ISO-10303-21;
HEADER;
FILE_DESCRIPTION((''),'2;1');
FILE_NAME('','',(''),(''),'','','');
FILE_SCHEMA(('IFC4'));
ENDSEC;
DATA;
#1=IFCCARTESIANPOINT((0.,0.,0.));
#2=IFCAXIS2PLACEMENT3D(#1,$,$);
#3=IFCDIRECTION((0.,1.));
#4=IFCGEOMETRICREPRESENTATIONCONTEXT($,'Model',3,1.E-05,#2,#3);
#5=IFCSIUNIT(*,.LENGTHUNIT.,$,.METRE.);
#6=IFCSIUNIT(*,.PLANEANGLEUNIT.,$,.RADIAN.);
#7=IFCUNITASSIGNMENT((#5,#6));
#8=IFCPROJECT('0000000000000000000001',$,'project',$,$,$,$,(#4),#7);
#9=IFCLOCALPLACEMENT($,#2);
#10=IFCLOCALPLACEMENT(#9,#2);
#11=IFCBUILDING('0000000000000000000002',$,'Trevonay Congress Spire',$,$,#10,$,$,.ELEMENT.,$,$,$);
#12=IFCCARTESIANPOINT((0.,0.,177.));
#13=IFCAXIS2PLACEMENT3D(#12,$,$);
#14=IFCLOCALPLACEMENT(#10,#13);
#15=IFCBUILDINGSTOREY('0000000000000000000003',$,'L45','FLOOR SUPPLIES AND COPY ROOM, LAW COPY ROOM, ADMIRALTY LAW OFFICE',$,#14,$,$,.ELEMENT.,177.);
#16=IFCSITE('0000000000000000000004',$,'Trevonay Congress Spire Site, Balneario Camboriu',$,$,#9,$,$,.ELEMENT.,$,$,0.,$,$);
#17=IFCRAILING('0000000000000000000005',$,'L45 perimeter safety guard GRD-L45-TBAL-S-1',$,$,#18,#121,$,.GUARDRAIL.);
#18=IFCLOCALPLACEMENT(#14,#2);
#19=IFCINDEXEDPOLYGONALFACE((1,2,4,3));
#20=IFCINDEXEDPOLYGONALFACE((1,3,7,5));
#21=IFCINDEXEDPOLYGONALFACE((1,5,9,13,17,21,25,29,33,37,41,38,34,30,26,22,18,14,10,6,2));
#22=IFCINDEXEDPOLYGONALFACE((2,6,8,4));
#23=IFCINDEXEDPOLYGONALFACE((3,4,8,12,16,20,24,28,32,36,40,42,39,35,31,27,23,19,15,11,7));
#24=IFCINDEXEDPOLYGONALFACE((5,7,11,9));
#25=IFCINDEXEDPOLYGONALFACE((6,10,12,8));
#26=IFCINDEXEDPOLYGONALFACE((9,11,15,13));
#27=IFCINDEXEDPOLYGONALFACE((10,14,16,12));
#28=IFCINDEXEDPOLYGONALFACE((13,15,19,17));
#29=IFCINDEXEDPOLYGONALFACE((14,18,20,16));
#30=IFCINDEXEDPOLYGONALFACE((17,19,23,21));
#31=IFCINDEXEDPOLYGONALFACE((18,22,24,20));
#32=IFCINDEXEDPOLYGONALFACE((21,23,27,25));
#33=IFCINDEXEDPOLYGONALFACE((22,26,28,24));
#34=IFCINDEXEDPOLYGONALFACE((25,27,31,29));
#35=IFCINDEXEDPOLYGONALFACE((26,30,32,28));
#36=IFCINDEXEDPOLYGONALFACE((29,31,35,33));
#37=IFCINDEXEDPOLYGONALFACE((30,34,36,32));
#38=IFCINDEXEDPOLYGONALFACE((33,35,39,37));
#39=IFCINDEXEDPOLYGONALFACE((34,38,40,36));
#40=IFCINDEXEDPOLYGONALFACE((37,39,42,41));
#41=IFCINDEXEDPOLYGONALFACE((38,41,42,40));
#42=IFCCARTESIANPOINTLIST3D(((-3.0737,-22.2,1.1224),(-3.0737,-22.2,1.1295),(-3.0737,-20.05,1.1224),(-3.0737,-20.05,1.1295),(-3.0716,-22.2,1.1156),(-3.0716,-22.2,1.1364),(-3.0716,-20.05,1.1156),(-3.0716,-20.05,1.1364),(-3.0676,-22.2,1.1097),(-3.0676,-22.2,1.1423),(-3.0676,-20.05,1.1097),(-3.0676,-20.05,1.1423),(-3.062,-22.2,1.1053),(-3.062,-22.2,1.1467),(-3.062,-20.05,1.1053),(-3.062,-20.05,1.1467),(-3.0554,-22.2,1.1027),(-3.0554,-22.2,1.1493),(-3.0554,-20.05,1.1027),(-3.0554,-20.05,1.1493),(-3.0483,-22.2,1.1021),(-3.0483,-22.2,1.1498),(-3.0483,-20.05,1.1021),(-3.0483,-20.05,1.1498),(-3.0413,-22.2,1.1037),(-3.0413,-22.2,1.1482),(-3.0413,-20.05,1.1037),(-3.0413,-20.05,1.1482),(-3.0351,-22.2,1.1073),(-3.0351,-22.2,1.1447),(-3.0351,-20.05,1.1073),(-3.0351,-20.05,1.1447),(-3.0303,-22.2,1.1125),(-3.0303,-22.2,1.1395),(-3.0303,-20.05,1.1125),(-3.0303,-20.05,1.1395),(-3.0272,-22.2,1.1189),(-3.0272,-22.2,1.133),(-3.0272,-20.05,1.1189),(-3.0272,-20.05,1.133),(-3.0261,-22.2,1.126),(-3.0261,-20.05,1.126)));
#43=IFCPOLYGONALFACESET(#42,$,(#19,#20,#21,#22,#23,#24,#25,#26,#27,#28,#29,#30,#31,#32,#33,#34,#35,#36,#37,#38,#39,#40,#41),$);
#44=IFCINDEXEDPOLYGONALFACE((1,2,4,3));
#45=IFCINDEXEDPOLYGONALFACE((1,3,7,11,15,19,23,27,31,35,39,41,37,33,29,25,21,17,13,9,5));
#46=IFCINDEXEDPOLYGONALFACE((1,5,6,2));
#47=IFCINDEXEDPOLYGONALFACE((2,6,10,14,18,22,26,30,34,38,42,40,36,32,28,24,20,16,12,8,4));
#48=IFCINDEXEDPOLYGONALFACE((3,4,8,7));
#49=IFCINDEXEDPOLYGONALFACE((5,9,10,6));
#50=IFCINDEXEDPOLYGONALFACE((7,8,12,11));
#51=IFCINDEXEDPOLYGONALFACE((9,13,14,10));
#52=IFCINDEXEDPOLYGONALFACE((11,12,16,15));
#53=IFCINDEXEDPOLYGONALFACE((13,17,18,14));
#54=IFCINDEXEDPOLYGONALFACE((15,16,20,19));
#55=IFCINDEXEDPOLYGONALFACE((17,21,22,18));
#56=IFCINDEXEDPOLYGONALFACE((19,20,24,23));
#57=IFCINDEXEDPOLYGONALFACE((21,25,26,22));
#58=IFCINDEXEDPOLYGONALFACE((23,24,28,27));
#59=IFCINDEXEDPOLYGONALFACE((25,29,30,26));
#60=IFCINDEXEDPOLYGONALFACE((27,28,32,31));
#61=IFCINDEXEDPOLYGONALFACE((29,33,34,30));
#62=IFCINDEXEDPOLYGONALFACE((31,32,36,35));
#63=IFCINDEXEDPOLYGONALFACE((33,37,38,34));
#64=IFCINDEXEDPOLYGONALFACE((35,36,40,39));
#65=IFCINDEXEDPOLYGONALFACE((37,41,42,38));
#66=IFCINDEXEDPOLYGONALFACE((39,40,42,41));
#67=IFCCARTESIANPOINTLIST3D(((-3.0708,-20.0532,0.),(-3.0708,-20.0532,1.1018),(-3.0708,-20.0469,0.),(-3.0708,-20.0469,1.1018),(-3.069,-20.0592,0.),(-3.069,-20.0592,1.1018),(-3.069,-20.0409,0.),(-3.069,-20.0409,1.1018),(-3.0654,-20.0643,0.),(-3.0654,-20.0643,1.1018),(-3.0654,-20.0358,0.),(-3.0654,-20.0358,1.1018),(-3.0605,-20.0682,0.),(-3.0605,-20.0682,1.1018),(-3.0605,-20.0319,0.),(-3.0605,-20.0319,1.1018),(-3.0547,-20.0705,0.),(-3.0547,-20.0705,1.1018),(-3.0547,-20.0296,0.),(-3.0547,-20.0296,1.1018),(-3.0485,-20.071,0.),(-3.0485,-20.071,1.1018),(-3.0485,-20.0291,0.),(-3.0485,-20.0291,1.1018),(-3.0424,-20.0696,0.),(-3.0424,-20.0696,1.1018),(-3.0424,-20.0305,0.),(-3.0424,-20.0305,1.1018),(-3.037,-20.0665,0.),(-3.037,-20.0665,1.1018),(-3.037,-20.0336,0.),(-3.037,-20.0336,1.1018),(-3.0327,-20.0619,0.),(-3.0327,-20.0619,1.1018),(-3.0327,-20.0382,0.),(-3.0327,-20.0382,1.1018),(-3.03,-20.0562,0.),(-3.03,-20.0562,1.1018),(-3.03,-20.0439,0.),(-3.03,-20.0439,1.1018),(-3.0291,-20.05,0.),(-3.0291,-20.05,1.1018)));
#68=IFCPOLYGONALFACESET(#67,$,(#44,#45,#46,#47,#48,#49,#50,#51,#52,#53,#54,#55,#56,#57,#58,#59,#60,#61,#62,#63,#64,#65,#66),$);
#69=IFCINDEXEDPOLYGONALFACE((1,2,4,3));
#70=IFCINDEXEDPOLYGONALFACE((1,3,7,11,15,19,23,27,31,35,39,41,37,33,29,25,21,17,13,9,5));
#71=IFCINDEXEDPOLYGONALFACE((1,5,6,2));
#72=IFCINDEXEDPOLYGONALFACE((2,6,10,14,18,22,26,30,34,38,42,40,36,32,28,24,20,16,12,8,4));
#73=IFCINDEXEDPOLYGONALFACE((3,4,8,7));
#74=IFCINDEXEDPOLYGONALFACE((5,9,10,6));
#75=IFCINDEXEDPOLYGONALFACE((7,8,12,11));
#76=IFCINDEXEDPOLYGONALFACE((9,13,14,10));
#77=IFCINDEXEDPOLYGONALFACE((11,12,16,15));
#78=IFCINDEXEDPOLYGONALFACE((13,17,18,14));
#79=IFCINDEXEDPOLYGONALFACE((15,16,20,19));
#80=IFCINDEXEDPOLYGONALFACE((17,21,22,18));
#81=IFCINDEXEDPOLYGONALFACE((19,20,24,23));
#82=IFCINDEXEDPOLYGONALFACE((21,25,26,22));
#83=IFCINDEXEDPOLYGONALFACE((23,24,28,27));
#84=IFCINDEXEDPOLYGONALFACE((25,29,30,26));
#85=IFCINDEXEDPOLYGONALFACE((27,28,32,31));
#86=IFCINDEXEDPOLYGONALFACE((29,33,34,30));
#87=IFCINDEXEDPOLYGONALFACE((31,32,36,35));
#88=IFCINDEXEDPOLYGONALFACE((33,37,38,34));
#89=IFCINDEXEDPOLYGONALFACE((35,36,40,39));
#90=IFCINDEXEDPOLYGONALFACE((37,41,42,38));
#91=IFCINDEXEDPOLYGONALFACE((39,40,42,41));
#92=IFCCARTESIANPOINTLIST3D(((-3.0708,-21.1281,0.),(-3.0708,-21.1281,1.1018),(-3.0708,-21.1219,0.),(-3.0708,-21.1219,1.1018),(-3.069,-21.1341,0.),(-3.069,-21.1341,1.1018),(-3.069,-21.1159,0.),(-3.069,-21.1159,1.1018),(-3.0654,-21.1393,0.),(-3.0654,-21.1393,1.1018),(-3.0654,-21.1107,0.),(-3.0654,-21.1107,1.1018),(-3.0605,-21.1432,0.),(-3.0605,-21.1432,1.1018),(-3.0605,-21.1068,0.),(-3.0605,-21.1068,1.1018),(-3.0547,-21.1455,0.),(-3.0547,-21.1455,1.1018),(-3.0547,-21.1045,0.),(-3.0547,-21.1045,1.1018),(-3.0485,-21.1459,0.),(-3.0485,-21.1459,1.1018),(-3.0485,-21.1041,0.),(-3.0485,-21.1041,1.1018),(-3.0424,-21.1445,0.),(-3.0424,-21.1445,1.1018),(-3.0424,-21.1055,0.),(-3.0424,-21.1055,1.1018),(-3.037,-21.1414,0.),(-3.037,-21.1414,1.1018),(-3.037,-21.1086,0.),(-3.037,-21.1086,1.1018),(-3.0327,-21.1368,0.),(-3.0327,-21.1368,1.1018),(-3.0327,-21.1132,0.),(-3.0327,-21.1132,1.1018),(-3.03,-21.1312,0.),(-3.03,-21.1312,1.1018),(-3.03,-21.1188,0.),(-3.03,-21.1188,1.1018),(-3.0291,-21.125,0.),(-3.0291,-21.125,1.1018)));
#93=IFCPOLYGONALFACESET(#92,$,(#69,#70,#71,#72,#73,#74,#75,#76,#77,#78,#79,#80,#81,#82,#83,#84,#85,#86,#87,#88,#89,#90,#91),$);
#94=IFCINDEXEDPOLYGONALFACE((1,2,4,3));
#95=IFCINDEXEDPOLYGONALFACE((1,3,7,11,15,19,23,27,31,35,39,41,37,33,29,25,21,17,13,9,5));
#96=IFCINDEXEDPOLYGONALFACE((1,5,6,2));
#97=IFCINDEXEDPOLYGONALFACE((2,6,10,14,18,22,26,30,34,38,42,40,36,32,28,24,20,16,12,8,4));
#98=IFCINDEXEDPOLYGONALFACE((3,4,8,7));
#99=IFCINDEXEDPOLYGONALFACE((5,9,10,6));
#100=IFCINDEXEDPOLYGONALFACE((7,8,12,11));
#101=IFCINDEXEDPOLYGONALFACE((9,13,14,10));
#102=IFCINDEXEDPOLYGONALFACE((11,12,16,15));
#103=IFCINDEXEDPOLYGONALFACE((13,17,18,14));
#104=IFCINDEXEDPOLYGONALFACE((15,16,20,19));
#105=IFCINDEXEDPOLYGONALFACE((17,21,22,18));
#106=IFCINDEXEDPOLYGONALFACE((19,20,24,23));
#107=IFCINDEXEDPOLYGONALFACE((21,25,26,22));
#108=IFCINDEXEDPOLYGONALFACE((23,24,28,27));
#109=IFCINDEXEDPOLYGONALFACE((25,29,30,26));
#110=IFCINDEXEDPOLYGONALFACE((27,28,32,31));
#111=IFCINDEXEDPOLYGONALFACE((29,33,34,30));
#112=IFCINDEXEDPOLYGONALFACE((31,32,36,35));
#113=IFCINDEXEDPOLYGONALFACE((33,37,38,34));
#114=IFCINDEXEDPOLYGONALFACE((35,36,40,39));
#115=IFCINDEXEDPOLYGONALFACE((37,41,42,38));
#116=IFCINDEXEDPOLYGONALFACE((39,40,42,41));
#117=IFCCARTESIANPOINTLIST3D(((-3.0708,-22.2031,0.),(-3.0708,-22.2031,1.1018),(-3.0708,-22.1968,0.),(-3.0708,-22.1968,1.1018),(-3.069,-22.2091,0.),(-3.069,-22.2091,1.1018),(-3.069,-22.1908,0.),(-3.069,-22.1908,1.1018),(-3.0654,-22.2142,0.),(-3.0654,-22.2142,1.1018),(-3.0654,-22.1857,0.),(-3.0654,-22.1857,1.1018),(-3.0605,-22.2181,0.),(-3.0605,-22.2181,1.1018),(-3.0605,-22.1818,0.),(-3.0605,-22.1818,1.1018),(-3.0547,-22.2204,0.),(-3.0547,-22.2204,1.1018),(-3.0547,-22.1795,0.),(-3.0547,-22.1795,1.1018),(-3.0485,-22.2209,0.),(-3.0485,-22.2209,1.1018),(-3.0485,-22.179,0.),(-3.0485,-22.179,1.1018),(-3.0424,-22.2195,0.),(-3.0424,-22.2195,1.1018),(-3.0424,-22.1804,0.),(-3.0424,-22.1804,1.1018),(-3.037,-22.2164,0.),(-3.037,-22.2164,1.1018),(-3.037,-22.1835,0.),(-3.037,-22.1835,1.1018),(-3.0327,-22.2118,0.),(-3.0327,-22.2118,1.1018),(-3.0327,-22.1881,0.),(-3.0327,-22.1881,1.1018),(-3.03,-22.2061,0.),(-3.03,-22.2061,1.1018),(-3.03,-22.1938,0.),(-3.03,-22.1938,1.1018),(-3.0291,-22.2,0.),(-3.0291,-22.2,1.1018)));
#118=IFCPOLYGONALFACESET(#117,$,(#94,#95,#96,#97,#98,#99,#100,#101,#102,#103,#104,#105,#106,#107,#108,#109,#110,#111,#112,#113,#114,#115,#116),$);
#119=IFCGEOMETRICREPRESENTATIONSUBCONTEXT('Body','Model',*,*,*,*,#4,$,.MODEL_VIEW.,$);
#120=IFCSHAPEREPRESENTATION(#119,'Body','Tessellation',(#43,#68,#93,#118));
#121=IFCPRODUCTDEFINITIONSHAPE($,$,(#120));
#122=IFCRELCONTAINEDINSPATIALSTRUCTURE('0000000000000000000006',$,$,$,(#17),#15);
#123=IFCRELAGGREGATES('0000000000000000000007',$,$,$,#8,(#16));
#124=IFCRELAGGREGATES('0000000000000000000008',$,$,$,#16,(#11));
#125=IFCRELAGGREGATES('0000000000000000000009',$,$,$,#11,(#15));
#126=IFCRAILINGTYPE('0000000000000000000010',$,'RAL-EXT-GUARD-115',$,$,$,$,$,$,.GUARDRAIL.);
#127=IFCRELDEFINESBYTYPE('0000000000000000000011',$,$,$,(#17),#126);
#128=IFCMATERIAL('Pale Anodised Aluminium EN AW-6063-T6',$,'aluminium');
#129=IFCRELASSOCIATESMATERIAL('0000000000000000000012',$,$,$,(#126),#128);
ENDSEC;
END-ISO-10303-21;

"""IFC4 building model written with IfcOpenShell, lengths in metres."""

from ifc_helpers import new_model, si_unit, direction, frame, origin, origin_2d, place, context, subcontext, project, spatial, circle, extrude, material, type_object, element, save


model = new_model("IFC4")

# Units and contexts
model_context = context("Model", 3, precision=1e-05, world=origin(), true_north=direction((0.0, 1.0)))
body_context = subcontext(model_context, "Body", "Model", "MODEL_VIEW")
ifc_project = project(units=[si_unit("LENGTHUNIT", "METRE"), si_unit("PLANEANGLEUNIT", "RADIAN")], contexts=[model_context])

# Site, building, storey
site_placement = place(None, origin())
site = spatial("IfcSite", under=ifc_project, at=site_placement, Name="Trevonay Congress Spire Site, Balneario Camboriu", CompositionType="ELEMENT", RefElevation=0.0)
building_placement = place(site_placement, origin())
building = spatial("IfcBuilding", under=site, at=building_placement, Name="Trevonay Congress Spire", CompositionType="ELEMENT")
storey_placement = place(building_placement, frame((0.0, 0.0, 177.0)))
storey = spatial("IfcBuildingStorey", under=building, at=storey_placement, Name="L45", Description="FLOOR SUPPLIES AND COPY ROOM, LAW COPY ROOM, ADMIRALTY LAW OFFICE", CompositionType="ELEMENT", Elevation=177.0)

# Shared definitions
ifc_material_1 = material(Name="Pale Anodised Aluminium EN AW-6063-T6", Category="aluminium")

# Railing
railing_type = type_object("IfcRailingType", Name="RAL-EXT-GUARD-115", PredefinedType="GUARDRAIL", material=ifc_material_1)
railing_1_placement = place(storey_placement, frame((-3.05, -20.05, 0.0)))
element("IfcRailing", 1, at=railing_1_placement, inside=storey, type_object=railing_type, Name="L45 perimeter safety guard GRD-L45-TBAL-S-1", PredefinedType="GUARDRAIL", context=body_context, shape_type="SweptSolid", body=[
    extrude(circle(Radius=0.0239, at=origin_2d()), frame((0.0, 0.0, 1.126), z_axis=(0.0, -1.0, 0.0), x_axis=(1.0, 0.0, 0.0)), (0.0, 0.0, 1.0), 2.1499),
    extrude(circle(Radius=0.021, at=origin_2d()), origin(), (0.0, 0.0, 1.0), 1.1018),
    extrude(circle(Radius=0.021, at=origin_2d()), frame((0.0, -1.075, 0.0)), (0.0, 0.0, 1.0), 1.1018),
    extrude(circle(Radius=0.021, at=origin_2d()), frame((0.0, -2.1499, 0.0)), (0.0, 0.0, 1.0), 1.1018),
])

save(model, "model.ifc")
